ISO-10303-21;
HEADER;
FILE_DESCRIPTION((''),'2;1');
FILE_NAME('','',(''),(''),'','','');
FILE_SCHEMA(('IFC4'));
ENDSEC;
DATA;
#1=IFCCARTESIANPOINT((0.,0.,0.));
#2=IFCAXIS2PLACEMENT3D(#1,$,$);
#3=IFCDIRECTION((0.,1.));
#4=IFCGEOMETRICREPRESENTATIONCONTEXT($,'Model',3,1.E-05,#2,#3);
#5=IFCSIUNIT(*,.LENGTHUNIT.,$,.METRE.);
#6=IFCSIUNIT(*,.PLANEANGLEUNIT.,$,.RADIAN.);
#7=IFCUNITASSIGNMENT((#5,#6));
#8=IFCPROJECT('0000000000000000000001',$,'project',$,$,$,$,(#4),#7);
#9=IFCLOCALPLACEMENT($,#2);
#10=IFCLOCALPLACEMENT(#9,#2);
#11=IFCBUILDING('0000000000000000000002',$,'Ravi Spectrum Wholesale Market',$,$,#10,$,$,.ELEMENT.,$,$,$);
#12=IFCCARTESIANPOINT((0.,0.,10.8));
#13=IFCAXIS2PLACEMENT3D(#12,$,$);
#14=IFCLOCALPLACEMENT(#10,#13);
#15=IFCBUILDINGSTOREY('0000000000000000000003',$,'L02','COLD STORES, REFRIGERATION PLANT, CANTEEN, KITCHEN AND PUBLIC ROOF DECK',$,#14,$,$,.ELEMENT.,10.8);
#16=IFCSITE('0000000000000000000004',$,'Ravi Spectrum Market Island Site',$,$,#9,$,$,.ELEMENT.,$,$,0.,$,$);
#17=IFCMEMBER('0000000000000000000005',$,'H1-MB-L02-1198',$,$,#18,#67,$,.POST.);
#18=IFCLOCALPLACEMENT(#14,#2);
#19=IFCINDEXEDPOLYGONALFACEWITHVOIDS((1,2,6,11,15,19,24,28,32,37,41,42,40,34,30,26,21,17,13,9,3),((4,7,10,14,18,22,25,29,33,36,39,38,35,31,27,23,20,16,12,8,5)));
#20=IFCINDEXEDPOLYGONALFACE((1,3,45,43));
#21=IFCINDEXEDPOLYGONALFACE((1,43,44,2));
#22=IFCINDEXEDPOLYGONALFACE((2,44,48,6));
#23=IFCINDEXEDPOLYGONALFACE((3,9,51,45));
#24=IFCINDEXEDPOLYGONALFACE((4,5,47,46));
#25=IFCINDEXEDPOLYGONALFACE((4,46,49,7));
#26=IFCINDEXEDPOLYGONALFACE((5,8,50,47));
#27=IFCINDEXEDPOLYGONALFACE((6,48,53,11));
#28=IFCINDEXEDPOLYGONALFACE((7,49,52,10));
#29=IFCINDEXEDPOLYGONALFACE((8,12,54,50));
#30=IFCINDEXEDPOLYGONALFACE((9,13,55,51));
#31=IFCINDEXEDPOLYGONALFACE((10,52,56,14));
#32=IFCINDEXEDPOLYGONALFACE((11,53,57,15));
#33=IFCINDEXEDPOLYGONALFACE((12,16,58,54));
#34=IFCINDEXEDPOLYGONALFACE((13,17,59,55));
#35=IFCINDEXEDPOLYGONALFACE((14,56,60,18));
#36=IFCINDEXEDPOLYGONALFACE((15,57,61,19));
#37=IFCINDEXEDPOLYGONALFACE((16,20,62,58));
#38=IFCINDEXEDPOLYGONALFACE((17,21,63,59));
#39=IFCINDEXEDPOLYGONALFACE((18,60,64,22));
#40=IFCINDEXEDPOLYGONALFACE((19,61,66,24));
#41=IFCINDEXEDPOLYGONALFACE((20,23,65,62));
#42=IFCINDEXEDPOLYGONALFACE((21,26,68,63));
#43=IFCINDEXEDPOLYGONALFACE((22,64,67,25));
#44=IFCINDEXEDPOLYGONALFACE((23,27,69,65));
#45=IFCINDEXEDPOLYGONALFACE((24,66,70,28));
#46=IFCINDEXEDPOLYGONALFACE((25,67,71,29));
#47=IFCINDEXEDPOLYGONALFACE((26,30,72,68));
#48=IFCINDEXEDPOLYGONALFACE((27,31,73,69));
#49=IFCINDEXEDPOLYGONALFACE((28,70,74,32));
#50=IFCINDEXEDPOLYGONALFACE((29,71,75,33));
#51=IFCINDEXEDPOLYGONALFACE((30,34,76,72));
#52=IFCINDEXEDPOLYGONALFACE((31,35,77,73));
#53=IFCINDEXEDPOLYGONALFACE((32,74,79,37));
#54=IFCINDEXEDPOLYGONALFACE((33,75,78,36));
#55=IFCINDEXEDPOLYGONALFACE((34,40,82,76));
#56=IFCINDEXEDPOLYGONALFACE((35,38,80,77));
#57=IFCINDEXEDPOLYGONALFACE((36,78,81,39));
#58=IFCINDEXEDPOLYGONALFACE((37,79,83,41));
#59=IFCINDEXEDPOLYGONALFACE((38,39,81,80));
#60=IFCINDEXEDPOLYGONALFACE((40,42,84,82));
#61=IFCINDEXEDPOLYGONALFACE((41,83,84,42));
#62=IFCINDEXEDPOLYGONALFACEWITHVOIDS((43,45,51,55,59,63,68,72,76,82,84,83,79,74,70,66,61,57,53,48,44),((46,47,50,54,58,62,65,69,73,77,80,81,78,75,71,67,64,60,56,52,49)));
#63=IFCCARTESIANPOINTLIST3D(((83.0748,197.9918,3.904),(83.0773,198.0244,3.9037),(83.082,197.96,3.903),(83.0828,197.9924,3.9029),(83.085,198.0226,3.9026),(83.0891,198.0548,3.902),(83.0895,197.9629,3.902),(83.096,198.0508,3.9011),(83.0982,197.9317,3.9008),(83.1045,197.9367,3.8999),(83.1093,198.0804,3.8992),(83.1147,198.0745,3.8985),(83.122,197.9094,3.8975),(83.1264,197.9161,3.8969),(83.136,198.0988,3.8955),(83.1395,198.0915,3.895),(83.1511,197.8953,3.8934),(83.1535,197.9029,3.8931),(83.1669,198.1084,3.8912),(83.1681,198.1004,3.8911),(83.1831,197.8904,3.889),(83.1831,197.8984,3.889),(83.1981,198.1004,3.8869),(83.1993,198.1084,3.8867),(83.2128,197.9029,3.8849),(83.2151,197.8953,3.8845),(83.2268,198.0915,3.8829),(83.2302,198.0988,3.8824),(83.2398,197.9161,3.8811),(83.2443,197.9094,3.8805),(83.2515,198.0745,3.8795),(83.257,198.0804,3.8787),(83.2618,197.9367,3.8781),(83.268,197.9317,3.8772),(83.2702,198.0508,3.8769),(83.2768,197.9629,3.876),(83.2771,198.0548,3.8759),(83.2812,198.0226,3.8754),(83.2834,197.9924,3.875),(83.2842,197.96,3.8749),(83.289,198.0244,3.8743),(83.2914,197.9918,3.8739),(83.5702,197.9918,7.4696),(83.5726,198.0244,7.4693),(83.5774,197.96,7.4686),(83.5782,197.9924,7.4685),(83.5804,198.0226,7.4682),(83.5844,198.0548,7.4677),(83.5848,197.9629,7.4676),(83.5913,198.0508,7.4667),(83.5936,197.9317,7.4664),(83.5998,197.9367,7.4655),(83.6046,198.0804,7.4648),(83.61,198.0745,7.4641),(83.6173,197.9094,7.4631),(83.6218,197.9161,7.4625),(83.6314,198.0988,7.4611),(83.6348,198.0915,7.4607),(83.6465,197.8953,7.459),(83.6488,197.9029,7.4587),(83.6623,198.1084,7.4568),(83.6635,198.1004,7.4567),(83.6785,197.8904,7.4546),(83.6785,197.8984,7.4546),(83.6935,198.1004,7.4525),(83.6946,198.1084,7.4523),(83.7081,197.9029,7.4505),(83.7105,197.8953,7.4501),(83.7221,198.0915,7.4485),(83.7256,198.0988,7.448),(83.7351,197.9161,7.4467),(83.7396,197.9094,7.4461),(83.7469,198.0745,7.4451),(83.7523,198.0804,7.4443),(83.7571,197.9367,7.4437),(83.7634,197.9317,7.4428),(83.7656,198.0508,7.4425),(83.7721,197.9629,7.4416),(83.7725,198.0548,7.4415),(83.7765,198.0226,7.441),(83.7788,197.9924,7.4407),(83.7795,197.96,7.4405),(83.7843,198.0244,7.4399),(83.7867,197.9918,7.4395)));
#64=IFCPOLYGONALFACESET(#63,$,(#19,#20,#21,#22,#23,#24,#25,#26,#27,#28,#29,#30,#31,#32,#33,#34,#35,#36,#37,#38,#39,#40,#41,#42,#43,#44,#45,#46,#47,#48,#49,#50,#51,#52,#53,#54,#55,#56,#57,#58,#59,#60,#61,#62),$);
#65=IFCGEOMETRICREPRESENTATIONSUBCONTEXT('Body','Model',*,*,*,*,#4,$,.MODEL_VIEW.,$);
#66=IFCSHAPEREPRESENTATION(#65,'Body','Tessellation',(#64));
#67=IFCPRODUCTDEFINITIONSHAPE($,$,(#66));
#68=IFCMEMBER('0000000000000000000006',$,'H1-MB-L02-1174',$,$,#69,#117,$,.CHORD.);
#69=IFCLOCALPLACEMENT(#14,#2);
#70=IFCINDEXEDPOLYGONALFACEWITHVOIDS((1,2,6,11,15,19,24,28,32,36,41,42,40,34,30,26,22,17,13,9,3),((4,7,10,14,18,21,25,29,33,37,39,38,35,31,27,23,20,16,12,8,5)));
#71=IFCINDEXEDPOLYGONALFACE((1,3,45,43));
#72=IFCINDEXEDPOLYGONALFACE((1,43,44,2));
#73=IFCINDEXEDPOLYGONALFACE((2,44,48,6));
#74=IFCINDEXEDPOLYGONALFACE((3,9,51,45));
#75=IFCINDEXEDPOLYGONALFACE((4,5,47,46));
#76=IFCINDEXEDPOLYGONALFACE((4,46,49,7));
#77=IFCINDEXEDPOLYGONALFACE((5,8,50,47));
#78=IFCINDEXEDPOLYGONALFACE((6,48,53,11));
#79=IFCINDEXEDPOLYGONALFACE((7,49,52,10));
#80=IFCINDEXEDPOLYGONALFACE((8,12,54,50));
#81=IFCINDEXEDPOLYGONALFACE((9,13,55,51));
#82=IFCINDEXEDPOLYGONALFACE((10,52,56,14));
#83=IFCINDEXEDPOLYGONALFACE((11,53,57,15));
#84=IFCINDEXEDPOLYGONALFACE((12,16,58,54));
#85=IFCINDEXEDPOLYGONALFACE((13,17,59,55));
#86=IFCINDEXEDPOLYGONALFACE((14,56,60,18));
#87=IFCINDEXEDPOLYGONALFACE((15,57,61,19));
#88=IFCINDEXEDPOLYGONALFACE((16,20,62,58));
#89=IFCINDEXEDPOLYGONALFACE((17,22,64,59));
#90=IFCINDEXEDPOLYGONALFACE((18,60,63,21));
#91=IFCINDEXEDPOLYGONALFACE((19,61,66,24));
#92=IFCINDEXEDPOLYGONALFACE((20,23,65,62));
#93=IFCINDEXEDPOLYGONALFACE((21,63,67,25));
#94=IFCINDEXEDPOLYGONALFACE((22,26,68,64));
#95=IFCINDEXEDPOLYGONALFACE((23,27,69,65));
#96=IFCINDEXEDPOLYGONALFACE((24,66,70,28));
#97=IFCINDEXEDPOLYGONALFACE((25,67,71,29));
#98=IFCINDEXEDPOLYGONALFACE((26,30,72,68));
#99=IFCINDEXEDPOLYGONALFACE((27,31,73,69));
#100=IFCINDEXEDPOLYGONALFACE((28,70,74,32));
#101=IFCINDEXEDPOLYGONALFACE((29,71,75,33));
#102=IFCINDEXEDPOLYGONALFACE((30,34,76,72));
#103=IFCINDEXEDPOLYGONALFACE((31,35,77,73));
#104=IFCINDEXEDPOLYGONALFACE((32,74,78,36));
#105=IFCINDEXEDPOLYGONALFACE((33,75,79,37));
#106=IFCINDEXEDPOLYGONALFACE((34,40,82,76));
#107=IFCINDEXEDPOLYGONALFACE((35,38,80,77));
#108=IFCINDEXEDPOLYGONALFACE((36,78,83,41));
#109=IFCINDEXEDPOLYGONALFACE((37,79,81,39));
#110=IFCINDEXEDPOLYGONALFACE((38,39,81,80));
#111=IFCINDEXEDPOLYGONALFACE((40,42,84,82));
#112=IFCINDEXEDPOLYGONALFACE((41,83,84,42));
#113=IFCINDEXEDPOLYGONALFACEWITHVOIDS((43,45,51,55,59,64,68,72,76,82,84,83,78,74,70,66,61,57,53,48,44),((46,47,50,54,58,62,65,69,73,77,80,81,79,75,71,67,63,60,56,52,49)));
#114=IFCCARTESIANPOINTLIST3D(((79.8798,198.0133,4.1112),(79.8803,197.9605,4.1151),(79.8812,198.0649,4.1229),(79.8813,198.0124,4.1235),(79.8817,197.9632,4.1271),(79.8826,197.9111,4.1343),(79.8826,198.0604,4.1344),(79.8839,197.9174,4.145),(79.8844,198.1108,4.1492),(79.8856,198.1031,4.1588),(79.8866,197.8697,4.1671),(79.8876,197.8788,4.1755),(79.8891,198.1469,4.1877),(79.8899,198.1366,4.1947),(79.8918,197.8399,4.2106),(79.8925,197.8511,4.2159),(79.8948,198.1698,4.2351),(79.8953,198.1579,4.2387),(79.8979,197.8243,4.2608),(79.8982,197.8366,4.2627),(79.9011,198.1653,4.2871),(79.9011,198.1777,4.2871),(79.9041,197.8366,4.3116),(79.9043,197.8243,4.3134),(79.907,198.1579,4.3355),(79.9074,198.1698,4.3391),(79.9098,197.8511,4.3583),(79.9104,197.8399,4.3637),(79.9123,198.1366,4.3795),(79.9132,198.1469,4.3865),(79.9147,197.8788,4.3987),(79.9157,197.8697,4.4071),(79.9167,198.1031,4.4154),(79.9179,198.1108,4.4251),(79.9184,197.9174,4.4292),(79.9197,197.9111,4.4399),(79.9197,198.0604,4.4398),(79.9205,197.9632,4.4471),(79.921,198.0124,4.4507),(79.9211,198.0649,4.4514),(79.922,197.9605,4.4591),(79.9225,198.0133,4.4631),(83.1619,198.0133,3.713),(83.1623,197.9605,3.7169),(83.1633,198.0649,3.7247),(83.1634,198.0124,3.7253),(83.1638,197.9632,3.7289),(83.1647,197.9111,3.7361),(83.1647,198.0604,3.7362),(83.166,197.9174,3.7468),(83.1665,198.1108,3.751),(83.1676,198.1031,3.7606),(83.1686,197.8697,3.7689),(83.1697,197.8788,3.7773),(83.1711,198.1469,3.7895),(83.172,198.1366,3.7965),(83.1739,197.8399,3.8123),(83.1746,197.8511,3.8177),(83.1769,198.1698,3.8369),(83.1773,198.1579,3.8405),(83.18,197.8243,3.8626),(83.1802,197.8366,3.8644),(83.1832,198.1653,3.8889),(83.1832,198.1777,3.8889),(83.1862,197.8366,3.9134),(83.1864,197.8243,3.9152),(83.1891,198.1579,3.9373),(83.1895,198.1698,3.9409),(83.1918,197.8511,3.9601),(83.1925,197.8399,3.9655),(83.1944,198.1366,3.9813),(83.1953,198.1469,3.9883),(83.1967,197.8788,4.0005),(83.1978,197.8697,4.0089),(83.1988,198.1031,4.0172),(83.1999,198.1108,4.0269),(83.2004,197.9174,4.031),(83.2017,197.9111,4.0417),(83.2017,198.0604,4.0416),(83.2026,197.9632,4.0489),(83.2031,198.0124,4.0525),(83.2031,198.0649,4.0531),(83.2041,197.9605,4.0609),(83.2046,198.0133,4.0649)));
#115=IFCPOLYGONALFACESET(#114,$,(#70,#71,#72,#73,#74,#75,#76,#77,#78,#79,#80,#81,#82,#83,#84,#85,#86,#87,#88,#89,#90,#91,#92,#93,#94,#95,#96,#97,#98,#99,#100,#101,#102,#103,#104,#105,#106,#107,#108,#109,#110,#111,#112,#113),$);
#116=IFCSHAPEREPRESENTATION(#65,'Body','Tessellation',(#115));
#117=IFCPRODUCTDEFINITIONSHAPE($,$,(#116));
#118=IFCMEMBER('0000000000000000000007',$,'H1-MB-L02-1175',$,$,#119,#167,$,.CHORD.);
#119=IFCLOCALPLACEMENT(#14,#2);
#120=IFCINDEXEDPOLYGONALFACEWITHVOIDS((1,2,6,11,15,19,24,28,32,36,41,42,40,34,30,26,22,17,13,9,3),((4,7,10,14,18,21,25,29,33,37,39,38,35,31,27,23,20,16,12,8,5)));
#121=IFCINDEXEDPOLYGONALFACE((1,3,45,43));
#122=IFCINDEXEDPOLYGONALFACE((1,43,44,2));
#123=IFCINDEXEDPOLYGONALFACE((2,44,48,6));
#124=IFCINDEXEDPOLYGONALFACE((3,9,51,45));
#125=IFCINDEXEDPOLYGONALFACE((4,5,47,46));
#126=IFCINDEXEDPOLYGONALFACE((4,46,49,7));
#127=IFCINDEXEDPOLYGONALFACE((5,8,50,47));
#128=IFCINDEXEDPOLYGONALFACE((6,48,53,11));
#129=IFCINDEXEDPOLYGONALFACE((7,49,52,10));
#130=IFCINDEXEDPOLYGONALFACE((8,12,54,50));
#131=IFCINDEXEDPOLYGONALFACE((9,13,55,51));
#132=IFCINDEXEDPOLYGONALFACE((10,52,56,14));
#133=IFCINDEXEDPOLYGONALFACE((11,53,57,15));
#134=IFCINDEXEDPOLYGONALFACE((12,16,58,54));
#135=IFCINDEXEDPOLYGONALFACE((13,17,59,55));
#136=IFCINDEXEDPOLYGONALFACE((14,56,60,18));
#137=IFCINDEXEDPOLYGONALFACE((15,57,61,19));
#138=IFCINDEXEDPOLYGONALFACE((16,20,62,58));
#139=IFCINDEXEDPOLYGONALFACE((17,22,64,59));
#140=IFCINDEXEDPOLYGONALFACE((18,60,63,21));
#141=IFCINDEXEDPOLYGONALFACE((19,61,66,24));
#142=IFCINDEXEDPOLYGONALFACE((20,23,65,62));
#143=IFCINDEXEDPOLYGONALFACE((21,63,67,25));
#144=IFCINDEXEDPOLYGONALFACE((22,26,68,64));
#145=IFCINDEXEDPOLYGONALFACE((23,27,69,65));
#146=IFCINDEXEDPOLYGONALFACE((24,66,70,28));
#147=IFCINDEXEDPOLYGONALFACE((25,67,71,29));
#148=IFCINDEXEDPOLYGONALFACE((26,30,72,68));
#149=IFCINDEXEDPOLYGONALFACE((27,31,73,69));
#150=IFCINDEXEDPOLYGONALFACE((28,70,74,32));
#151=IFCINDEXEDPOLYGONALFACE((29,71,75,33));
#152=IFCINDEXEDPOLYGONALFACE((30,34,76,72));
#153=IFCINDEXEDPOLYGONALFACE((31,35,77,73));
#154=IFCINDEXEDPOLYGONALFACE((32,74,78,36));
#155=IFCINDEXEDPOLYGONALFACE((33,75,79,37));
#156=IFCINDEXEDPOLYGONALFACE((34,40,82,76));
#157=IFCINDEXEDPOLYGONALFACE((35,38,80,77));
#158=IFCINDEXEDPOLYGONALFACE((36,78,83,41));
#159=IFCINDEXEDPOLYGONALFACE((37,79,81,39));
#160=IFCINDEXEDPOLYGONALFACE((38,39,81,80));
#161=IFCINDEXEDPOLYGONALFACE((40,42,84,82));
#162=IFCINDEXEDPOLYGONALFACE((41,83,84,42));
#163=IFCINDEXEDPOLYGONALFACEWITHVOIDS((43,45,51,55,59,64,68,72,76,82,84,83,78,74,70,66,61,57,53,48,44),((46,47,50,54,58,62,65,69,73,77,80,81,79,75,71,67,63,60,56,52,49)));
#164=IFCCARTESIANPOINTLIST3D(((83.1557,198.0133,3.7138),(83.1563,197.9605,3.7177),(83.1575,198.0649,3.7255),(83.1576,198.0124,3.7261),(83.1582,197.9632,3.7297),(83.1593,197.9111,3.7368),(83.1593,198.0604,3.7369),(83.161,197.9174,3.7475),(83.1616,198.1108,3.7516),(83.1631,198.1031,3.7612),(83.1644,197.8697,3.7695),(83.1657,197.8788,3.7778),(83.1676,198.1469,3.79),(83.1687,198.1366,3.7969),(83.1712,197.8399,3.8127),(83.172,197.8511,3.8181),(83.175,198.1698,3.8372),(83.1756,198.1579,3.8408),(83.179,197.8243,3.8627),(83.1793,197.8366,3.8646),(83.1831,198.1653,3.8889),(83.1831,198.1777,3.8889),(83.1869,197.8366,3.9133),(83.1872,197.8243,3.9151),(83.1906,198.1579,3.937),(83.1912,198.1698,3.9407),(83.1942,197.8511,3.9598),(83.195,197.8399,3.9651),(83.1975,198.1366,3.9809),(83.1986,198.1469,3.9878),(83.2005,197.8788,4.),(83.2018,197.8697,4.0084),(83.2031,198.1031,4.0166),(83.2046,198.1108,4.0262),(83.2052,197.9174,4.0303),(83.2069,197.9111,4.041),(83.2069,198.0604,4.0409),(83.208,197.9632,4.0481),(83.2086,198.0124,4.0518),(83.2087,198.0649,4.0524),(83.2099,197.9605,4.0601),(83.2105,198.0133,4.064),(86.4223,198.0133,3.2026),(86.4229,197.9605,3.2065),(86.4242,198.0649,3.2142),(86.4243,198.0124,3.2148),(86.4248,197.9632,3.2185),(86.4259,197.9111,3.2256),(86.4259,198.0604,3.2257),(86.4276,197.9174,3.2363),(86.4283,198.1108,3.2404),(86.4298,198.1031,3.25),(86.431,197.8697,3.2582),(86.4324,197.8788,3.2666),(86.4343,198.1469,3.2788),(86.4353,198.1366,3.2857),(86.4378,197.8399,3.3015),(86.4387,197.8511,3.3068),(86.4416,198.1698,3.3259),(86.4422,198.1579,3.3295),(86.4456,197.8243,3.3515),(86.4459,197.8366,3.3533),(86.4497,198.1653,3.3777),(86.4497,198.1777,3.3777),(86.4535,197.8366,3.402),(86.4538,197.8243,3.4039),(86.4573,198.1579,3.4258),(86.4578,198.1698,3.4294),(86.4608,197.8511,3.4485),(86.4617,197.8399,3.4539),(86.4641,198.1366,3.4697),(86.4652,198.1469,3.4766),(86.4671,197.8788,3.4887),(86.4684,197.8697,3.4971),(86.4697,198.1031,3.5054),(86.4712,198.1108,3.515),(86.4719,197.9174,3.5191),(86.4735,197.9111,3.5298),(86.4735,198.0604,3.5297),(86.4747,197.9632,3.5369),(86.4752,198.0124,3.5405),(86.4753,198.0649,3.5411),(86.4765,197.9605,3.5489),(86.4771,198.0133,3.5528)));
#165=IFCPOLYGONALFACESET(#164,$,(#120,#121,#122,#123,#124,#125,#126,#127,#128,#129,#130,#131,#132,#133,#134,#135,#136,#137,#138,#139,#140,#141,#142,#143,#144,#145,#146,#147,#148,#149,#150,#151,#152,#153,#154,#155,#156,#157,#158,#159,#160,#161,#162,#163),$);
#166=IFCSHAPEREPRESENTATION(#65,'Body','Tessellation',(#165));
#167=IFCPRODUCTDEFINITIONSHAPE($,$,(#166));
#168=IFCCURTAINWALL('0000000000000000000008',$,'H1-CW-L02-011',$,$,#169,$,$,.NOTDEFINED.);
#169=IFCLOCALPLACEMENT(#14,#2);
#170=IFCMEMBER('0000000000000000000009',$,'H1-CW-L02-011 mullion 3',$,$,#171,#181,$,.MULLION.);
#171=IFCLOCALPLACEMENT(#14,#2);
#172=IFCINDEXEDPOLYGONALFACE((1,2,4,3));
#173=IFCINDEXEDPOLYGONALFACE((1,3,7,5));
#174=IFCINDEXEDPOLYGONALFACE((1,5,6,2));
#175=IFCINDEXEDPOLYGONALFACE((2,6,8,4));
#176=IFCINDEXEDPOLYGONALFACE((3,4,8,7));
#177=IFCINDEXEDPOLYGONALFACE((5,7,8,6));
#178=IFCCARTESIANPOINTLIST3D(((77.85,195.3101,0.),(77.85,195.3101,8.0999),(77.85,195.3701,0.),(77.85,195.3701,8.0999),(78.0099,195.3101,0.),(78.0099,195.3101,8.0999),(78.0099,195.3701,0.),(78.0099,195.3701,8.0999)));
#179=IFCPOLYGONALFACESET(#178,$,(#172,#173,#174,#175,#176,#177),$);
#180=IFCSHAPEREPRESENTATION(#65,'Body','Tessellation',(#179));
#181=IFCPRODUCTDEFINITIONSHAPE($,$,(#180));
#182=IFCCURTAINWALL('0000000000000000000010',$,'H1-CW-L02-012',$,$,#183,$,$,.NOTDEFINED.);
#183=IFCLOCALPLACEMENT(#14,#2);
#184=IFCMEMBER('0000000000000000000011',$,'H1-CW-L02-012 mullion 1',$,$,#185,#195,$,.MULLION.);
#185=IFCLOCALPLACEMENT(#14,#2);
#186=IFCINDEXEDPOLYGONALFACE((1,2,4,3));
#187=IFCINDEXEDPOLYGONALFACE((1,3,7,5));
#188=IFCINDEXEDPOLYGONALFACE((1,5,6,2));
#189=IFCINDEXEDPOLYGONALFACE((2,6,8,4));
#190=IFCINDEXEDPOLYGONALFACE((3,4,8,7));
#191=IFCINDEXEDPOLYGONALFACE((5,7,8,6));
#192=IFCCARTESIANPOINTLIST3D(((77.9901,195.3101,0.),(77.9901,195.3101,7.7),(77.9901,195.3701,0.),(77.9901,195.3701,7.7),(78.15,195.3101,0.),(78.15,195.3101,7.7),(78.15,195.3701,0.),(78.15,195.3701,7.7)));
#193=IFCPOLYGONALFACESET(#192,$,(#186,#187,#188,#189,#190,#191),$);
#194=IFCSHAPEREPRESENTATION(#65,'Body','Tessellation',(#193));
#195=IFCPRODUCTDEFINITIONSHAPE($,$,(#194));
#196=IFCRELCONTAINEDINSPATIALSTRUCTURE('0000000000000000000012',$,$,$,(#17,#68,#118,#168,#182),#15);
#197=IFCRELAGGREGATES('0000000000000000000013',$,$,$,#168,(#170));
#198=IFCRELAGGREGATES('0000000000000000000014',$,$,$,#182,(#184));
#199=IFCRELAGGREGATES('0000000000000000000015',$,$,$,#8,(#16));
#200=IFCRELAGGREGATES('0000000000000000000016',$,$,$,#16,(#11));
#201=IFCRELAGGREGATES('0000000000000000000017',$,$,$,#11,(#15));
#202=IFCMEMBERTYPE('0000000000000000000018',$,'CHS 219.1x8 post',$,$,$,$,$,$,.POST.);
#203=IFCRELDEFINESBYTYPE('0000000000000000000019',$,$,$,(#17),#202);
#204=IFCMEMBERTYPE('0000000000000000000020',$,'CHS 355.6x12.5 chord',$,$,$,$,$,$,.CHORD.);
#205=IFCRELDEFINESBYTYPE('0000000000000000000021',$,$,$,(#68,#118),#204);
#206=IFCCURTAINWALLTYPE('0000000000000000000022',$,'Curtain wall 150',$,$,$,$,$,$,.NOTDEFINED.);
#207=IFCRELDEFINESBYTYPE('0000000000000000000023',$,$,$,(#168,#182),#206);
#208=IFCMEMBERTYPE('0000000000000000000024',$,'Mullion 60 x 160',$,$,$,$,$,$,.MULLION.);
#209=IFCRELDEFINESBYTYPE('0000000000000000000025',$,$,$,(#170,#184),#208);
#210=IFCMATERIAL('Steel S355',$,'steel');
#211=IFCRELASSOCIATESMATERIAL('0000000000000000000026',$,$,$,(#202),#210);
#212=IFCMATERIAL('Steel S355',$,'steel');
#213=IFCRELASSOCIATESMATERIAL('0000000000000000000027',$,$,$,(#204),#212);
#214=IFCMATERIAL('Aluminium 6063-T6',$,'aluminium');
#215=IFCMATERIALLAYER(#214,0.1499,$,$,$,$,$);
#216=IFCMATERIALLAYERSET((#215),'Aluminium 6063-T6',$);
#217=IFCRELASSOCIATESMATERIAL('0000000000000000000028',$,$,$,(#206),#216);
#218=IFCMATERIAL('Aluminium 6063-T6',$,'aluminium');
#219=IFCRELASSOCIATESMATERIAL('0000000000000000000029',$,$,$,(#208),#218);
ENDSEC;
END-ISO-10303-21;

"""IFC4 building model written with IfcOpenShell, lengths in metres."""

from ifc_helpers import new_model, si_unit, direction, frame, origin, origin_2d, place, context, subcontext, project, spatial, rectangle, hollow_circle, extrude, material, layer, layer_set, material_profile, profile_set, type_object, element, aggregate, save


model = new_model("IFC4")

# Units and contexts
model_context = context("Model", 3, precision=1e-05, world=origin(), true_north=direction((0.0, 1.0)))
body_context = subcontext(model_context, "Body", "Model", "MODEL_VIEW")
ifc_project = project(units=[si_unit("LENGTHUNIT", "METRE"), si_unit("PLANEANGLEUNIT", "RADIAN")], contexts=[model_context])

# Site, building, storey
site_placement = place(None, origin())
site = spatial("IfcSite", under=ifc_project, at=site_placement, Name="Ravi Spectrum Market Island Site", CompositionType="ELEMENT", RefElevation=0.0)
building_placement = place(site_placement, origin())
building = spatial("IfcBuilding", under=site, at=building_placement, Name="Ravi Spectrum Wholesale Market", CompositionType="ELEMENT")
storey_placement = place(building_placement, frame((0.0, 0.0, 10.8)))
storey = spatial("IfcBuildingStorey", under=building, at=storey_placement, Name="L02", Description="COLD STORES, REFRIGERATION PLANT, CANTEEN, KITCHEN AND PUBLIC ROOF DECK", CompositionType="ELEMENT", Elevation=10.8)

# Members
ifc_material_1 = material(Name="Steel S355", Category="steel")
ifc_material_profile_1 = material_profile(ifc_material_1, hollow_circle(Radius=0.1096, WallThickness=0.0081, at=origin_2d()))
ifc_profile_set_1 = profile_set([ifc_material_profile_1], Name="Steel S355")
member_type_1 = type_object("IfcMemberType", Name="CHS 219.1x8 post", PredefinedType="POST", material=ifc_profile_set_1)
member_1_placement = place(storey_placement, frame((83.6785, 198.0, 7.4546), z_axis=(-0.137603, 0.0, -0.990487), x_axis=(0.0, -1.0, 0.0)))
element("IfcMember", 1, at=member_1_placement, inside=storey, type_object=member_type_1, Name="H1-MB-L02-1198", PredefinedType="POST", context=body_context, shape_type="SweptSolid", body=[
    extrude(hollow_circle(Radius=0.1096, WallThickness=0.0081, at=origin_2d()), origin(), (0.0, 0.0, 1.0), 3.5999),
])
ifc_material_2 = material(Name="Steel S355", Category="steel")
ifc_material_profile_2 = material_profile(ifc_material_2, hollow_circle(Radius=0.1777, WallThickness=0.0125, at=origin_2d()))
ifc_profile_set_2 = profile_set([ifc_material_profile_2], Name="Steel S355")
member_type_2 = type_object("IfcMemberType", Name="CHS 355.6x12.5 chord", PredefinedType="CHORD", material=ifc_profile_set_2)
member_2_placement = place(storey_placement, frame((79.9011, 198.0, 4.2871), z_axis=(0.99272, 0.0, -0.120444), x_axis=(0.0, 1.0, 0.0)))
element("IfcMember", 2, at=member_2_placement, inside=storey, type_object=member_type_2, Name="H1-MB-L02-1174", PredefinedType="CHORD", context=body_context, shape_type="SweptSolid", body=[
    extrude(hollow_circle(Radius=0.1777, WallThickness=0.0125, at=origin_2d()), origin(), (0.0, 0.0, 1.0), 3.3062),
])
member_3_placement = place(storey_placement, frame((83.1831, 198.0, 3.8889), z_axis=(0.987974, 0.0, -0.15462), x_axis=(0.0, 1.0, 0.0)))
element("IfcMember", 3, at=member_3_placement, inside=storey, type_object=member_type_2, Name="H1-MB-L02-1175", PredefinedType="CHORD", context=body_context, shape_type="SweptSolid", body=[
    extrude(hollow_circle(Radius=0.1777, WallThickness=0.0125, at=origin_2d()), origin(), (0.0, 0.0, 1.0), 3.3064),
])

# Curtain wall, member
ifc_material_3 = material(Name="Aluminium 6063-T6", Category="aluminium")
ifc_layer_1 = layer(ifc_material_3, 0.1499)
ifc_layer_set_1 = layer_set([ifc_layer_1], Name="Aluminium 6063-T6")
curtain_wall_type = type_object("IfcCurtainWallType", Name="Curtain wall 150", PredefinedType="NOTDEFINED", material=ifc_layer_set_1)
curtain_wall_1_placement = place(storey_placement, origin())
curtain_wall_1 = element("IfcCurtainWall", 4, at=curtain_wall_1_placement, inside=storey, type_object=curtain_wall_type, Name="H1-CW-L02-011", PredefinedType="NOTDEFINED")
ifc_material_4 = material(Name="Aluminium 6063-T6", Category="aluminium")
ifc_material_profile_3 = material_profile(ifc_material_4, rectangle(XDim=0.0601, YDim=0.1599, at=origin_2d()))
ifc_profile_set_3 = profile_set([ifc_material_profile_3], Name="Aluminium 6063-T6")
member_type_3 = type_object("IfcMemberType", Name="Mullion 60 x 160", PredefinedType="MULLION", material=ifc_profile_set_3)
member_4_placement = place(storey_placement, frame((77.9299, 195.3401, 0.0), z_axis=(0.0, 0.0, 1.0), x_axis=(0.0, 1.0, 0.0)))
member_4 = element("IfcMember", 5, at=member_4_placement, type_object=member_type_3, Name="H1-CW-L02-011 mullion 3", PredefinedType="MULLION", context=body_context, shape_type="SweptSolid", body=[
    extrude(rectangle(XDim=0.0601, YDim=0.1599, at=origin_2d()), origin(), (0.0, 0.0, 1.0), 8.0999),
])
aggregate(curtain_wall_1, [member_4])

# Curtain wall, member
curtain_wall_2_placement = place(storey_placement, origin())
curtain_wall_2 = element("IfcCurtainWall", 6, at=curtain_wall_2_placement, inside=storey, type_object=curtain_wall_type, Name="H1-CW-L02-012", PredefinedType="NOTDEFINED")
member_5_placement = place(storey_placement, frame((78.0701, 195.3401, 0.0), z_axis=(0.0, 0.0, 1.0), x_axis=(0.0, 1.0, 0.0)))
member_5 = element("IfcMember", 7, at=member_5_placement, type_object=member_type_3, Name="H1-CW-L02-012 mullion 1", PredefinedType="MULLION", context=body_context, shape_type="SweptSolid", body=[
    extrude(rectangle(XDim=0.0601, YDim=0.1599, at=origin_2d()), origin(), (0.0, 0.0, 1.0), 7.7),
])

aggregate(curtain_wall_2, [member_5])

save(model, "model.ifc")
